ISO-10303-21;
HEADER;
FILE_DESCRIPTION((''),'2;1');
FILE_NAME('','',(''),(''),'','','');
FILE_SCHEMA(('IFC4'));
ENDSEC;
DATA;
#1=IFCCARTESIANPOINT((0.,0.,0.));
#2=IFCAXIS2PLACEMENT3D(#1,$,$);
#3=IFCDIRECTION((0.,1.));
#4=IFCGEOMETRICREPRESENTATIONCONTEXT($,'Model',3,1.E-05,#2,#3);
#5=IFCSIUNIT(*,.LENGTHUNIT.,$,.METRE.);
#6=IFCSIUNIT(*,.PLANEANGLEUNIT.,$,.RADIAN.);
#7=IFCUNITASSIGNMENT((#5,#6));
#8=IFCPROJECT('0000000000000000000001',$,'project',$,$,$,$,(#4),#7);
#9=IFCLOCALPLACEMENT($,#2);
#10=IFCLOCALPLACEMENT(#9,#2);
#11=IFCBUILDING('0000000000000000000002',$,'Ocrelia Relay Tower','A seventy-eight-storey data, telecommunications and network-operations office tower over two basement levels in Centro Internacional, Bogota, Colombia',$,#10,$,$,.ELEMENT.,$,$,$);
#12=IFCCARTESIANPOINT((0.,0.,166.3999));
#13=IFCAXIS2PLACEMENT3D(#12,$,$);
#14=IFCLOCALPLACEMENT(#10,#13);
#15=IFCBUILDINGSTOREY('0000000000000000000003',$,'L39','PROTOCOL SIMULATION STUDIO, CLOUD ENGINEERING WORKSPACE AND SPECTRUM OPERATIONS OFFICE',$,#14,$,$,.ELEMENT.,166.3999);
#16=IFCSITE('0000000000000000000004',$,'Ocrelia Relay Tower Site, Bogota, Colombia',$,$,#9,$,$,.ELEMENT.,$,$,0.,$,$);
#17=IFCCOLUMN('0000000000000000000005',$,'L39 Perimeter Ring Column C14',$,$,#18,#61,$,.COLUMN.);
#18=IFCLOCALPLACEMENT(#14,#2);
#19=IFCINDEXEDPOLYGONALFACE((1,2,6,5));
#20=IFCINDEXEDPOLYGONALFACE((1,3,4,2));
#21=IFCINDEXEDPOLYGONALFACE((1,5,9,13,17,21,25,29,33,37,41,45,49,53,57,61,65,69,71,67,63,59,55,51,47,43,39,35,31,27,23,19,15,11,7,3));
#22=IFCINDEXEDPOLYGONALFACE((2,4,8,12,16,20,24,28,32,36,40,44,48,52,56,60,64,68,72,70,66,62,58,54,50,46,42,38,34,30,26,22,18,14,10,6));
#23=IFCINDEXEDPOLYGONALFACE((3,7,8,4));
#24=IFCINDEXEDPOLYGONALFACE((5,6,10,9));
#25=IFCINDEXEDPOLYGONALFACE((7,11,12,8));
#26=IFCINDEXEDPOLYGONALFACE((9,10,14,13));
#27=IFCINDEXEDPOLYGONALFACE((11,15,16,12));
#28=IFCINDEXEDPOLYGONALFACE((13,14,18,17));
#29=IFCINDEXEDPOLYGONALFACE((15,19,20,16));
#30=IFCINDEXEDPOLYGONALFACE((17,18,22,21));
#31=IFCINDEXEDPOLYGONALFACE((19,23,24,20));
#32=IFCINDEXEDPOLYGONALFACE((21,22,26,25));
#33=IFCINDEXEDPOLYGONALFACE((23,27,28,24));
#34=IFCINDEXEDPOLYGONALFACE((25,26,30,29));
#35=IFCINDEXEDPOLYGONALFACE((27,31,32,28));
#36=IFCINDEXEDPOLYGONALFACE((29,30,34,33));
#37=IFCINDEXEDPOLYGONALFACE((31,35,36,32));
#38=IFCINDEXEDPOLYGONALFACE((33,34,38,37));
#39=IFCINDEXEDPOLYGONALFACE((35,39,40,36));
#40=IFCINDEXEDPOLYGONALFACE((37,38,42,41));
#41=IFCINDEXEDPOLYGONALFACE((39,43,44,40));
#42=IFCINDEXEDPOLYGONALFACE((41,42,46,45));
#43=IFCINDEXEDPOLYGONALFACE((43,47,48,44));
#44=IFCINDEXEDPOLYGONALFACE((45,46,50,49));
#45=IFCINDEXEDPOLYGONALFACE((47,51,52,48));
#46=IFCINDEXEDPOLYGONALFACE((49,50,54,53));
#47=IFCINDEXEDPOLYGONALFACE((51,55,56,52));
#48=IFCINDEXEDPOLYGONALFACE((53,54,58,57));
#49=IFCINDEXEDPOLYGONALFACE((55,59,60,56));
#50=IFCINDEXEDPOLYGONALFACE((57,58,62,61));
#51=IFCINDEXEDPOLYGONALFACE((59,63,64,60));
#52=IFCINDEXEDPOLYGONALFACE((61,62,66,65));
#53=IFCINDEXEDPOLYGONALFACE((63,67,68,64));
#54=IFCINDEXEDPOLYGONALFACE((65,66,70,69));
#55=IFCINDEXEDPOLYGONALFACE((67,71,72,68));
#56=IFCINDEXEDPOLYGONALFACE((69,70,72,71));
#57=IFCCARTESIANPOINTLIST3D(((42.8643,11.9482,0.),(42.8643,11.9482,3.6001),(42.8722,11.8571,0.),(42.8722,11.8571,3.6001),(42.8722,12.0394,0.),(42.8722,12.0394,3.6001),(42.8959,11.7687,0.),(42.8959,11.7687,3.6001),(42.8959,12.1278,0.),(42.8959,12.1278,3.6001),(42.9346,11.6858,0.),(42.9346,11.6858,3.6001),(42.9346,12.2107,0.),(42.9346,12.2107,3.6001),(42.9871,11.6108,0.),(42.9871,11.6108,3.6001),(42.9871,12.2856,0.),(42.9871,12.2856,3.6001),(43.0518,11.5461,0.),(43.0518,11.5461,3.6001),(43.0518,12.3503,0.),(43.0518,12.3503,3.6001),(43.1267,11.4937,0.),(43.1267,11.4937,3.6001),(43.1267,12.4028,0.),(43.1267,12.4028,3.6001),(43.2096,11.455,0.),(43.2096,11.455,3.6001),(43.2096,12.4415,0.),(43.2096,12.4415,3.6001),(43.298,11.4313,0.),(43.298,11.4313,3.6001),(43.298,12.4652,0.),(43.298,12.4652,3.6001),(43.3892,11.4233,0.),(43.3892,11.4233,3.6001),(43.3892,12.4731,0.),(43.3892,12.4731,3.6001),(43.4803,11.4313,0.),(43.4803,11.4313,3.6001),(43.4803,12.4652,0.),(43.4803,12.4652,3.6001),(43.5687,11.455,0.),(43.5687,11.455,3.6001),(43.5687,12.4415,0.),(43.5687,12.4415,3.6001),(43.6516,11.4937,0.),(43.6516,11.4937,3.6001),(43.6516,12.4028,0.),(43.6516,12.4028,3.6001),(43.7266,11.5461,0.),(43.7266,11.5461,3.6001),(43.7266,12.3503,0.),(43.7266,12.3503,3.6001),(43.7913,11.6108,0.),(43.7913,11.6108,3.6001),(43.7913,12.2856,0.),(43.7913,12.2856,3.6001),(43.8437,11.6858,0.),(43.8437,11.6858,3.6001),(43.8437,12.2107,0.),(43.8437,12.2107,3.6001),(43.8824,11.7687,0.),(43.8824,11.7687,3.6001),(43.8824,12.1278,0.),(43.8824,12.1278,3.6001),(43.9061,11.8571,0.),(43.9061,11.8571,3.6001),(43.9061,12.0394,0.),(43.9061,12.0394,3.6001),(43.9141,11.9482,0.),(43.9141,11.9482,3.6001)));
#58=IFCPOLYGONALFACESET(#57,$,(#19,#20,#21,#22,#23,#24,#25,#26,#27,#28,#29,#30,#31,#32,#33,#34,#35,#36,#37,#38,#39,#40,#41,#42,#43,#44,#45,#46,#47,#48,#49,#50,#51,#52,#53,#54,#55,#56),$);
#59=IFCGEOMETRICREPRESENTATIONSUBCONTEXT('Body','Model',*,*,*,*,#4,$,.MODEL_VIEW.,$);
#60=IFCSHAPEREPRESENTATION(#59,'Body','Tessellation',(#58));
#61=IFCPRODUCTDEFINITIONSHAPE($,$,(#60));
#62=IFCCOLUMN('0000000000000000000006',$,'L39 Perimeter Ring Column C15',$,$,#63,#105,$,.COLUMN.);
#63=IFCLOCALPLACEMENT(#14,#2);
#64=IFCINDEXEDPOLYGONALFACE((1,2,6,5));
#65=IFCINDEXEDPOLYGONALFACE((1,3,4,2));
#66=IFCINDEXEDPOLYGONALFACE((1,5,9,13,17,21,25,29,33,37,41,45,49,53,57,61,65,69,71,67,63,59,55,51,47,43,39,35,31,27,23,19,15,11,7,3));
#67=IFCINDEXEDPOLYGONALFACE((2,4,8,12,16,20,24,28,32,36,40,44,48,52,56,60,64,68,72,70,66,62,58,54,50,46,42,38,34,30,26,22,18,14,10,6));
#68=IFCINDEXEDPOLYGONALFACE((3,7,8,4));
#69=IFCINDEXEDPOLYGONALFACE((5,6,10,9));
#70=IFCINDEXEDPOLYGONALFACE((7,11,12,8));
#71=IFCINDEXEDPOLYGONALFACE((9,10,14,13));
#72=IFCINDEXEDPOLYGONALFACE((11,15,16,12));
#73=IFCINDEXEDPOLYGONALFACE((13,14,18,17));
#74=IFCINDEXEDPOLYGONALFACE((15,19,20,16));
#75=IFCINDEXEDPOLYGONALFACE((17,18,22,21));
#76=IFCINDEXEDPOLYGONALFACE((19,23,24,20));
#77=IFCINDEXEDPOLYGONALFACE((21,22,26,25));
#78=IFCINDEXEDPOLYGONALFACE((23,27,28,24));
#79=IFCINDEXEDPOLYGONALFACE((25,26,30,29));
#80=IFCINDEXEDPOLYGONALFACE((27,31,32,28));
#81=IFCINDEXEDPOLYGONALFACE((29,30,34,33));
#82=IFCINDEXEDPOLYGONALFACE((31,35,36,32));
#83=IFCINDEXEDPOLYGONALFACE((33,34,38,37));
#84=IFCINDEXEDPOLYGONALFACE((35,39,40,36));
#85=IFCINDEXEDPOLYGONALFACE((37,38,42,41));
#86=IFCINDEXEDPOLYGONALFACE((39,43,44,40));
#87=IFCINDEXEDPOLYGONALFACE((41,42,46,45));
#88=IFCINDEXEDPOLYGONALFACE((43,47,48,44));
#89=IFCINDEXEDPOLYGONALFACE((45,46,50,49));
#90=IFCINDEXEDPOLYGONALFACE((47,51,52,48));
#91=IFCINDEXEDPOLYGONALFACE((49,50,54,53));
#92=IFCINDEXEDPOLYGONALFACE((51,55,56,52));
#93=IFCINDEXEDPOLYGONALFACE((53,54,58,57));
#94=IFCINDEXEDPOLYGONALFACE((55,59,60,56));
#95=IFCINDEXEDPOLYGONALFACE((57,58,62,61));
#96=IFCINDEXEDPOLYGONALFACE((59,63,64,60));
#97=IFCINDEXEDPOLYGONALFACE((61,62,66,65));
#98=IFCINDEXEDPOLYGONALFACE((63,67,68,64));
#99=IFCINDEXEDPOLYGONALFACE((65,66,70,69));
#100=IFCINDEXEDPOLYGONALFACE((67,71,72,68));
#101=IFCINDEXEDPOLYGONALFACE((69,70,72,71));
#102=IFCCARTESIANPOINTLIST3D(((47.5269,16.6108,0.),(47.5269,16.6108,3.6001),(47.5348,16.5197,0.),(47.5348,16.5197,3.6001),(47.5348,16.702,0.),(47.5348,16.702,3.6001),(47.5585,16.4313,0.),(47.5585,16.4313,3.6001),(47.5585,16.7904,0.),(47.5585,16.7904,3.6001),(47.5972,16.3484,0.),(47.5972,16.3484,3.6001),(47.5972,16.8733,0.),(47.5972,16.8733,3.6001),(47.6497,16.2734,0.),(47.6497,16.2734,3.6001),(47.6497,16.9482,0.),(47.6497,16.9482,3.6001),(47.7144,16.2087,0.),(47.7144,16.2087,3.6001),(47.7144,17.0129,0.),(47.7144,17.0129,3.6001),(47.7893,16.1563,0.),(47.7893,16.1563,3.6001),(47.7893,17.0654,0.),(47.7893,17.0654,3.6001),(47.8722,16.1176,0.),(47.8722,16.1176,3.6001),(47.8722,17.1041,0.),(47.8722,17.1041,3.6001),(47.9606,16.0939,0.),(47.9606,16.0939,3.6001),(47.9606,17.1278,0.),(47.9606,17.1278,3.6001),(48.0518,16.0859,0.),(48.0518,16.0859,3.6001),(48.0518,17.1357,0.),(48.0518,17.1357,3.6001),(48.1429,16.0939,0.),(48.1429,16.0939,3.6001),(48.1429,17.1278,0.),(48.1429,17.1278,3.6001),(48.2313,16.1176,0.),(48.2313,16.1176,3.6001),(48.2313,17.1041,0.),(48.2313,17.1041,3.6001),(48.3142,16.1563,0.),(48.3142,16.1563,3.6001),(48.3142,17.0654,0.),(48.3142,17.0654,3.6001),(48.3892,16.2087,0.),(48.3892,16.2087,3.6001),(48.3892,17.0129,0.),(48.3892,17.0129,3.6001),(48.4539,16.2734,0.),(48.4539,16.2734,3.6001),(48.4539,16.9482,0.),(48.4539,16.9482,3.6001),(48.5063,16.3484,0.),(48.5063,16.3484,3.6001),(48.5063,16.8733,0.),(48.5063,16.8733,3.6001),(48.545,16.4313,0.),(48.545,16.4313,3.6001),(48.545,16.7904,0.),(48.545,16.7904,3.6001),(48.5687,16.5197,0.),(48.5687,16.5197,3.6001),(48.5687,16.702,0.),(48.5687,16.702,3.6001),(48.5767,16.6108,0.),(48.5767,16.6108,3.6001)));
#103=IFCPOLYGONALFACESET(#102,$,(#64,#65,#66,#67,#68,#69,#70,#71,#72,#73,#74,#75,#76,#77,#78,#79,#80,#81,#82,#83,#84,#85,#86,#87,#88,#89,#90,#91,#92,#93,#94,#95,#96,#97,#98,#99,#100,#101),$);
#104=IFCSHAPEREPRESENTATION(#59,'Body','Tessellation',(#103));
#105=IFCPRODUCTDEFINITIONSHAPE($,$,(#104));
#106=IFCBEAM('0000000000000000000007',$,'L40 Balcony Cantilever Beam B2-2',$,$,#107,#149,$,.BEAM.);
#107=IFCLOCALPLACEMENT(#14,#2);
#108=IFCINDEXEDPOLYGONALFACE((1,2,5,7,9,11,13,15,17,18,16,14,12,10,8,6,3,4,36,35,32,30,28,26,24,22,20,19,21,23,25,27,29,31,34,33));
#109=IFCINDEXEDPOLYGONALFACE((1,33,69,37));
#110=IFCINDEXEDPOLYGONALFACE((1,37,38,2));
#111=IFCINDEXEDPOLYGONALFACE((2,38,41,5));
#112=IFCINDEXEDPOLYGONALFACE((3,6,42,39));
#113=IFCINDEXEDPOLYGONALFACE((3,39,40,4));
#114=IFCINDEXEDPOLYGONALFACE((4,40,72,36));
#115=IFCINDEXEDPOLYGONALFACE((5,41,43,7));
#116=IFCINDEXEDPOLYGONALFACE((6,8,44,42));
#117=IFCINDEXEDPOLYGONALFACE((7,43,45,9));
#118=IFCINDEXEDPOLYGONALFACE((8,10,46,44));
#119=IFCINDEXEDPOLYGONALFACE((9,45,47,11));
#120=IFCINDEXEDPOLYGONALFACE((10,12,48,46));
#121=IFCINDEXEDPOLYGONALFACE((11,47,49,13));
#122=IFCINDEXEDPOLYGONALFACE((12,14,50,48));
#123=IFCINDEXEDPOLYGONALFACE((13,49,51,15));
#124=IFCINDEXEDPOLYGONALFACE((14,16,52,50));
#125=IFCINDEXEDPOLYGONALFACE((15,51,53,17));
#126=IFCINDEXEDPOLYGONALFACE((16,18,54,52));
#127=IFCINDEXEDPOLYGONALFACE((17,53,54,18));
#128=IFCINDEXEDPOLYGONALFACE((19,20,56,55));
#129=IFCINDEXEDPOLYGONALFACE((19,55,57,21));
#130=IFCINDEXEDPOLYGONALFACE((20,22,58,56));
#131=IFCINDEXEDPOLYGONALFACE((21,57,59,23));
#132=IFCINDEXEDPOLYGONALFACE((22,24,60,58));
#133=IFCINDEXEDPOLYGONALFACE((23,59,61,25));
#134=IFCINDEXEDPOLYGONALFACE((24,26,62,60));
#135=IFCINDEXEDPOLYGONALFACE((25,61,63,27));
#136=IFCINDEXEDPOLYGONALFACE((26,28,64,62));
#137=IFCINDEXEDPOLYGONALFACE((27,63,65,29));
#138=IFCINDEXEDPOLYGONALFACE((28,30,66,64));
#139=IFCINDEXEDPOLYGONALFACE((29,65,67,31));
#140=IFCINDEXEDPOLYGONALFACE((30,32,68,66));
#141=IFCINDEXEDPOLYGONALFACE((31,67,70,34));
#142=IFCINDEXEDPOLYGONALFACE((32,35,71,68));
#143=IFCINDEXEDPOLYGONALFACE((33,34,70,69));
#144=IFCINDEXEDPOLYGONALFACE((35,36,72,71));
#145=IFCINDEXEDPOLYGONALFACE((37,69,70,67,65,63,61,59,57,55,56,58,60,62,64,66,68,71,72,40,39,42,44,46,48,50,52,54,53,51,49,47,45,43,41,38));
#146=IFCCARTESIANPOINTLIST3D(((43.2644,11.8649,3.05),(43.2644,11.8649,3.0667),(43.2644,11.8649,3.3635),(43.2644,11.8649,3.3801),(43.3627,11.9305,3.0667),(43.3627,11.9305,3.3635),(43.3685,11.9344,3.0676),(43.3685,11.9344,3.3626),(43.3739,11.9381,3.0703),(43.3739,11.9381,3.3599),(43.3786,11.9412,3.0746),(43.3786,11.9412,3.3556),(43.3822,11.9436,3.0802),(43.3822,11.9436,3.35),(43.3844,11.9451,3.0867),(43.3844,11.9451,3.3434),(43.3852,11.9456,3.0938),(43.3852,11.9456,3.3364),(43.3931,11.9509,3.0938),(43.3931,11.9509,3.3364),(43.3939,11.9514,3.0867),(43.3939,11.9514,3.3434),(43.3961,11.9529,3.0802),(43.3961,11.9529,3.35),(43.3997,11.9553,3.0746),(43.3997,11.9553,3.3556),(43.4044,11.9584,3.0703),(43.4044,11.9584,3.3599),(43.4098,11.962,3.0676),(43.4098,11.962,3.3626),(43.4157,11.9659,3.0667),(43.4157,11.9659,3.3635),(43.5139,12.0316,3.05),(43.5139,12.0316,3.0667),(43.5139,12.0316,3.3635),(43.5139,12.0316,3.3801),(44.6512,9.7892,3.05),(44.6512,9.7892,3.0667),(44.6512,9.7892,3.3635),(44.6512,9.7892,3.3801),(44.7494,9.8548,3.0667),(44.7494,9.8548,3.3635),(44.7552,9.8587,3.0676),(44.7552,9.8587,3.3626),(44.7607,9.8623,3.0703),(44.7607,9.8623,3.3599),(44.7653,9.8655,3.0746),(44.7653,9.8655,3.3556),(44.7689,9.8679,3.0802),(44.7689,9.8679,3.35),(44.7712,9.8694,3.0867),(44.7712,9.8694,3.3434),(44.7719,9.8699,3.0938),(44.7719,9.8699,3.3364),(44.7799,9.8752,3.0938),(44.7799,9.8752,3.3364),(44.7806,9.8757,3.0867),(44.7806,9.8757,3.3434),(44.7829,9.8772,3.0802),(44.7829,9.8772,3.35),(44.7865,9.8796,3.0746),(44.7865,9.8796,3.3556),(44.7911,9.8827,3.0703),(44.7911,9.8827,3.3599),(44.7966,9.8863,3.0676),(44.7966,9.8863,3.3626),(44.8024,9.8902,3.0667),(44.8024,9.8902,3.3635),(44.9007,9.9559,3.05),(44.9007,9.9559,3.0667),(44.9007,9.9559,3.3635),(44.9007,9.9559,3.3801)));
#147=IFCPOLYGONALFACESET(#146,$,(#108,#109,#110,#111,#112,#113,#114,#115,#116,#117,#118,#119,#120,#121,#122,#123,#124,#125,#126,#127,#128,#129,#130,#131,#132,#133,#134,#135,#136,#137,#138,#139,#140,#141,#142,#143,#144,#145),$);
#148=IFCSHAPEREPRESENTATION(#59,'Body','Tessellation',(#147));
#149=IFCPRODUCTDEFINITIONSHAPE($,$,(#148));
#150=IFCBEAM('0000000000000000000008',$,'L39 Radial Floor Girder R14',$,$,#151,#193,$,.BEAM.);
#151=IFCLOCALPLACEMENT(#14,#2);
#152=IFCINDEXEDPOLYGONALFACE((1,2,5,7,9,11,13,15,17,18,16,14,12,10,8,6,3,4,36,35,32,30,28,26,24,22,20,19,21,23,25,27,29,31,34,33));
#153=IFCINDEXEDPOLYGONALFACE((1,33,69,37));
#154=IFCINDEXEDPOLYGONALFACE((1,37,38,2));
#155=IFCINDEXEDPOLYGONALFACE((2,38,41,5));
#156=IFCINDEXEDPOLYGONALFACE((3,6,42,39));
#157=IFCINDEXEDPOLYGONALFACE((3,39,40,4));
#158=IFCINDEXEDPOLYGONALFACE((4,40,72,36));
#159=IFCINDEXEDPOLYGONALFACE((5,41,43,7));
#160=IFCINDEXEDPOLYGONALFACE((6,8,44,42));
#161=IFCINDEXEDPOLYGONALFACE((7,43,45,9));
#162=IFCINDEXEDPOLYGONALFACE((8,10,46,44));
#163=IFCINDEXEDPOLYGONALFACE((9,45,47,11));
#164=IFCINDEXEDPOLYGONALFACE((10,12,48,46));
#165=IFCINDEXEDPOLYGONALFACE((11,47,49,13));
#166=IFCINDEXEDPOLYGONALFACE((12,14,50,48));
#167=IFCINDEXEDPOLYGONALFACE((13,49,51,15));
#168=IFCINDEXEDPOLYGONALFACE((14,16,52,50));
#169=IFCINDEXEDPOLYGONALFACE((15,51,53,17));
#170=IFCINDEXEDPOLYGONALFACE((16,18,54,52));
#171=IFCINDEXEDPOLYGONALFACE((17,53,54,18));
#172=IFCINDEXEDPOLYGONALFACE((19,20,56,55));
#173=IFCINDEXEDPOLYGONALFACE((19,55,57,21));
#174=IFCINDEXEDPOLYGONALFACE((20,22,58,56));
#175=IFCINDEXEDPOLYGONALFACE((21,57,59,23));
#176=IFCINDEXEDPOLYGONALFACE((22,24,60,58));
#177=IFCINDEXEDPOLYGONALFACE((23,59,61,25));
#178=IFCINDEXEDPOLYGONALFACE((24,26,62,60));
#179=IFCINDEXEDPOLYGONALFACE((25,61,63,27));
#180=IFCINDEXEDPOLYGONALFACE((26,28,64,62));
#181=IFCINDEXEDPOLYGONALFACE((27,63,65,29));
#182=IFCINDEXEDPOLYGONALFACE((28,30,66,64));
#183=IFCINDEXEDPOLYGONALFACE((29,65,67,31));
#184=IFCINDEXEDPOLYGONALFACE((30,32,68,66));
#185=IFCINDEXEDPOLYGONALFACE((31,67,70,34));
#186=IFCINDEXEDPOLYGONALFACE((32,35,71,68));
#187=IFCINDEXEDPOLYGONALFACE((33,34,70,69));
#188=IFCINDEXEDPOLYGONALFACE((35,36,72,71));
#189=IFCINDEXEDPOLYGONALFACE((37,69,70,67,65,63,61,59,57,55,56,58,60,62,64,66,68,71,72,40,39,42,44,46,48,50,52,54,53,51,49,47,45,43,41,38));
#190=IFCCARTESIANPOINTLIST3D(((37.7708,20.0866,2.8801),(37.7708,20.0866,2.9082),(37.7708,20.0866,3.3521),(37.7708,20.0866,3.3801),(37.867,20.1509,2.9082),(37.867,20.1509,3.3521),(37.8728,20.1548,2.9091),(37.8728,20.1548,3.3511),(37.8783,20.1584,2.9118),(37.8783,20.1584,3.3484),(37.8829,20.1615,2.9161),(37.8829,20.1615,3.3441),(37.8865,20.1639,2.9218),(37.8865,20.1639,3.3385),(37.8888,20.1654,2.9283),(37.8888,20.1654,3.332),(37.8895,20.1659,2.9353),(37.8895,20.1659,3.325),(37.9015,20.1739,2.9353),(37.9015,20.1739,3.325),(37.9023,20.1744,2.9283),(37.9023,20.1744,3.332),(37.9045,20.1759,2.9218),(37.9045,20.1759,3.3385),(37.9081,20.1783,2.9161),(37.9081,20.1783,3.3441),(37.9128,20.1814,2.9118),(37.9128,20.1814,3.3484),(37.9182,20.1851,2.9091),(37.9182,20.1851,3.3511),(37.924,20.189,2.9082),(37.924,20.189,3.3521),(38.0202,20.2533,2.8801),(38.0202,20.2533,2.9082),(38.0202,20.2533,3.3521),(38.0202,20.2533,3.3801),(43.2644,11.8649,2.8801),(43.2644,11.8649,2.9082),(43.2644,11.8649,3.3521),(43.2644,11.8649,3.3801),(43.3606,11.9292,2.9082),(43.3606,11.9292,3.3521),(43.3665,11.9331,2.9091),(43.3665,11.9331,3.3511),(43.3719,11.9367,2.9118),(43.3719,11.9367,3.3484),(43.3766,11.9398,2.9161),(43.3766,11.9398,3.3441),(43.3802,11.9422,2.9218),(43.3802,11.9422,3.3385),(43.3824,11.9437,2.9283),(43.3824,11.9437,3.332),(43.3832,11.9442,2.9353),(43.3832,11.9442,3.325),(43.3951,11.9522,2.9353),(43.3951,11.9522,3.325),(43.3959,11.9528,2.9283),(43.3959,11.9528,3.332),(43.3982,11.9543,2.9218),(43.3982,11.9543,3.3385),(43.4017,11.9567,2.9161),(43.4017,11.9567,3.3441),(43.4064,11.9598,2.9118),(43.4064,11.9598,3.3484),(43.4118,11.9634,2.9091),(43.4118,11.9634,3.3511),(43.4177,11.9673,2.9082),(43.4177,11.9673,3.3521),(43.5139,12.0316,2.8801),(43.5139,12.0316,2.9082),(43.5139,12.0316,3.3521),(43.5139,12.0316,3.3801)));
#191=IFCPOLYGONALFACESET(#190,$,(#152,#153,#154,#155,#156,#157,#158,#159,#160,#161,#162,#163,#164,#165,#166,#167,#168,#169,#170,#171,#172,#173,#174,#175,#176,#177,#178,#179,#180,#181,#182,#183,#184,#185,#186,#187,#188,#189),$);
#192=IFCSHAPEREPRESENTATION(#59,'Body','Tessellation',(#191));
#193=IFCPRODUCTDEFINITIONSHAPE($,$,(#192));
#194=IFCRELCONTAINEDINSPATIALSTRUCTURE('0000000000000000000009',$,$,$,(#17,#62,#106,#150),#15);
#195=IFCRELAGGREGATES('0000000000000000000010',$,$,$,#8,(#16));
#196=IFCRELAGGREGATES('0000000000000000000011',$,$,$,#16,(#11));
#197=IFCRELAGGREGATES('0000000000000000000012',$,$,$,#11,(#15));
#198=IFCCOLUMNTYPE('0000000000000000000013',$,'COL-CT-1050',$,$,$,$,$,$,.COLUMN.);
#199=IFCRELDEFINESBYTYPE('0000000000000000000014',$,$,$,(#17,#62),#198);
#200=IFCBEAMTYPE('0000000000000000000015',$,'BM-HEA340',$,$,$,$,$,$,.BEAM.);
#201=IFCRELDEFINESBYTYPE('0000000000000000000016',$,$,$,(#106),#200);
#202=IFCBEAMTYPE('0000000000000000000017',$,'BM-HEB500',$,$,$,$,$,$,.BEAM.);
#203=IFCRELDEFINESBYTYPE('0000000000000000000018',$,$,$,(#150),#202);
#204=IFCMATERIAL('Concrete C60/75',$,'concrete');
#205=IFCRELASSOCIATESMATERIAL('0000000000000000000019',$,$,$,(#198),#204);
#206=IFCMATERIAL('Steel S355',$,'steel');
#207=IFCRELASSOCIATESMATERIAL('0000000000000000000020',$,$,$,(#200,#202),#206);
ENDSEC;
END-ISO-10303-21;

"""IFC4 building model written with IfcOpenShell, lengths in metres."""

from ifc_helpers import new_model, si_unit, direction, frame, origin, origin_2d, place, context, subcontext, project, spatial, circle, i_section, extrude, material, material_profile, profile_set, type_object, element, save


model = new_model("IFC4")

# Units and contexts
model_context = context("Model", 3, precision=1e-05, world=origin(), true_north=direction((0.0, 1.0)))
body_context = subcontext(model_context, "Body", "Model", "MODEL_VIEW")
ifc_project = project(units=[si_unit("LENGTHUNIT", "METRE"), si_unit("PLANEANGLEUNIT", "RADIAN")], contexts=[model_context])

# Site, building, storey
site_placement = place(None, origin())
site = spatial("IfcSite", under=ifc_project, at=site_placement, Name="Ocrelia Relay Tower Site, Bogota, Colombia", CompositionType="ELEMENT", RefElevation=0.0)
building_placement = place(site_placement, origin())
building = spatial("IfcBuilding", under=site, at=building_placement, Name="Ocrelia Relay Tower", Description="A seventy-eight-storey data, telecommunications and network-operations office tower over two basement levels in Centro Internacional, Bogota, Colombia", CompositionType="ELEMENT")
storey_placement = place(building_placement, frame((0.0, 0.0, 166.3999)))
storey = spatial("IfcBuildingStorey", under=building, at=storey_placement, Name="L39", Description="PROTOCOL SIMULATION STUDIO, CLOUD ENGINEERING WORKSPACE AND SPECTRUM OPERATIONS OFFICE", CompositionType="ELEMENT", Elevation=166.3999)

# Columns
ifc_material_1 = material(Name="Concrete C60/75", Category="concrete")
ifc_material_profile_1 = material_profile(ifc_material_1, circle(Radius=0.5249, at=origin_2d()), Name="RC-CIR-1050")
ifc_profile_set_1 = profile_set([ifc_material_profile_1], Name="Concrete C60/75")
column_type = type_object("IfcColumnType", Name="COL-CT-1050", PredefinedType="COLUMN", material=ifc_profile_set_1)
for number, where, z_axis, x_axis, name in (
    (1, (43.3892, 11.9482, 0.0), (0.0, 0.0, 1.0), (1.0, 0.0, 0.0), "L39 Perimeter Ring Column C14"),
    (2, (48.0518, 16.6108, 0.0), (0.0, 0.0, 1.0), (1.0, 0.0, 0.0), "L39 Perimeter Ring Column C15"),
):
    element("IfcColumn", number, at=place(storey_placement, frame(where, z_axis=z_axis, x_axis=x_axis)), inside=storey, type_object=column_type, Name=name, PredefinedType="COLUMN", context=body_context, shape_type="SweptSolid", body=[
        extrude(circle(Radius=0.5249, at=origin_2d()), origin(), (0.0, 0.0, 1.0), 3.6001),
    ])

# Beams
ifc_material_2 = material(Name="Steel S355", Category="steel")
ifc_material_profile_2 = material_profile(ifc_material_2, i_section(OverallWidth=0.3, OverallDepth=0.3301, WebThickness=0.0095, FlangeThickness=0.0166, FilletRadius=0.0271, at=origin_2d()), Name="HEA 340")
ifc_profile_set_2 = profile_set([ifc_material_profile_2], Name="Steel S355")
beam_type_1 = type_object("IfcBeamType", Name="BM-HEA340", PredefinedType="BEAM", material=ifc_profile_set_2)
beam_1_placement = place(storey_placement, frame((43.3892, 11.9482, 3.2151), z_axis=(0.555512, -0.831508, 0.0), x_axis=(0.831508, 0.555512, 0.0)))
element("IfcBeam", 3, at=beam_1_placement, inside=storey, type_object=beam_type_1, Name="L40 Balcony Cantilever Beam B2-2", PredefinedType="BEAM", context=body_context, shape_type="SweptSolid", body=[
    extrude(i_section(OverallWidth=0.3, OverallDepth=0.3301, WebThickness=0.0095, FlangeThickness=0.0166, FilletRadius=0.0271, at=origin_2d()), origin(), (0.0, 0.0, 1.0), 2.4963),
])
ifc_material_profile_3 = material_profile(ifc_material_2, i_section(OverallWidth=0.3, OverallDepth=0.5, WebThickness=0.0144, FlangeThickness=0.0281, FilletRadius=0.0271, at=origin_2d()), Name="HEB 500")
ifc_profile_set_3 = profile_set([ifc_material_profile_3], Name="Steel S355")
beam_type_2 = type_object("IfcBeamType", Name="BM-HEB500", PredefinedType="BEAM", material=ifc_profile_set_3)
beam_2_placement = place(storey_placement, frame((43.3892, 11.9482, 3.1301), z_axis=(-0.555577, 0.831465, 0.0), x_axis=(-0.831465, -0.555577, 0.0)))
element("IfcBeam", 4, at=beam_2_placement, inside=storey, type_object=beam_type_2, Name="L39 Radial Floor Girder R14", PredefinedType="BEAM", context=body_context, shape_type="SweptSolid", body=[
    extrude(i_section(OverallWidth=0.3, OverallDepth=0.5, WebThickness=0.0144, FlangeThickness=0.0281, FilletRadius=0.0271, at=origin_2d()), origin(), (0.0, 0.0, 1.0), 9.8882),
])

save(model, "model.ifc")
